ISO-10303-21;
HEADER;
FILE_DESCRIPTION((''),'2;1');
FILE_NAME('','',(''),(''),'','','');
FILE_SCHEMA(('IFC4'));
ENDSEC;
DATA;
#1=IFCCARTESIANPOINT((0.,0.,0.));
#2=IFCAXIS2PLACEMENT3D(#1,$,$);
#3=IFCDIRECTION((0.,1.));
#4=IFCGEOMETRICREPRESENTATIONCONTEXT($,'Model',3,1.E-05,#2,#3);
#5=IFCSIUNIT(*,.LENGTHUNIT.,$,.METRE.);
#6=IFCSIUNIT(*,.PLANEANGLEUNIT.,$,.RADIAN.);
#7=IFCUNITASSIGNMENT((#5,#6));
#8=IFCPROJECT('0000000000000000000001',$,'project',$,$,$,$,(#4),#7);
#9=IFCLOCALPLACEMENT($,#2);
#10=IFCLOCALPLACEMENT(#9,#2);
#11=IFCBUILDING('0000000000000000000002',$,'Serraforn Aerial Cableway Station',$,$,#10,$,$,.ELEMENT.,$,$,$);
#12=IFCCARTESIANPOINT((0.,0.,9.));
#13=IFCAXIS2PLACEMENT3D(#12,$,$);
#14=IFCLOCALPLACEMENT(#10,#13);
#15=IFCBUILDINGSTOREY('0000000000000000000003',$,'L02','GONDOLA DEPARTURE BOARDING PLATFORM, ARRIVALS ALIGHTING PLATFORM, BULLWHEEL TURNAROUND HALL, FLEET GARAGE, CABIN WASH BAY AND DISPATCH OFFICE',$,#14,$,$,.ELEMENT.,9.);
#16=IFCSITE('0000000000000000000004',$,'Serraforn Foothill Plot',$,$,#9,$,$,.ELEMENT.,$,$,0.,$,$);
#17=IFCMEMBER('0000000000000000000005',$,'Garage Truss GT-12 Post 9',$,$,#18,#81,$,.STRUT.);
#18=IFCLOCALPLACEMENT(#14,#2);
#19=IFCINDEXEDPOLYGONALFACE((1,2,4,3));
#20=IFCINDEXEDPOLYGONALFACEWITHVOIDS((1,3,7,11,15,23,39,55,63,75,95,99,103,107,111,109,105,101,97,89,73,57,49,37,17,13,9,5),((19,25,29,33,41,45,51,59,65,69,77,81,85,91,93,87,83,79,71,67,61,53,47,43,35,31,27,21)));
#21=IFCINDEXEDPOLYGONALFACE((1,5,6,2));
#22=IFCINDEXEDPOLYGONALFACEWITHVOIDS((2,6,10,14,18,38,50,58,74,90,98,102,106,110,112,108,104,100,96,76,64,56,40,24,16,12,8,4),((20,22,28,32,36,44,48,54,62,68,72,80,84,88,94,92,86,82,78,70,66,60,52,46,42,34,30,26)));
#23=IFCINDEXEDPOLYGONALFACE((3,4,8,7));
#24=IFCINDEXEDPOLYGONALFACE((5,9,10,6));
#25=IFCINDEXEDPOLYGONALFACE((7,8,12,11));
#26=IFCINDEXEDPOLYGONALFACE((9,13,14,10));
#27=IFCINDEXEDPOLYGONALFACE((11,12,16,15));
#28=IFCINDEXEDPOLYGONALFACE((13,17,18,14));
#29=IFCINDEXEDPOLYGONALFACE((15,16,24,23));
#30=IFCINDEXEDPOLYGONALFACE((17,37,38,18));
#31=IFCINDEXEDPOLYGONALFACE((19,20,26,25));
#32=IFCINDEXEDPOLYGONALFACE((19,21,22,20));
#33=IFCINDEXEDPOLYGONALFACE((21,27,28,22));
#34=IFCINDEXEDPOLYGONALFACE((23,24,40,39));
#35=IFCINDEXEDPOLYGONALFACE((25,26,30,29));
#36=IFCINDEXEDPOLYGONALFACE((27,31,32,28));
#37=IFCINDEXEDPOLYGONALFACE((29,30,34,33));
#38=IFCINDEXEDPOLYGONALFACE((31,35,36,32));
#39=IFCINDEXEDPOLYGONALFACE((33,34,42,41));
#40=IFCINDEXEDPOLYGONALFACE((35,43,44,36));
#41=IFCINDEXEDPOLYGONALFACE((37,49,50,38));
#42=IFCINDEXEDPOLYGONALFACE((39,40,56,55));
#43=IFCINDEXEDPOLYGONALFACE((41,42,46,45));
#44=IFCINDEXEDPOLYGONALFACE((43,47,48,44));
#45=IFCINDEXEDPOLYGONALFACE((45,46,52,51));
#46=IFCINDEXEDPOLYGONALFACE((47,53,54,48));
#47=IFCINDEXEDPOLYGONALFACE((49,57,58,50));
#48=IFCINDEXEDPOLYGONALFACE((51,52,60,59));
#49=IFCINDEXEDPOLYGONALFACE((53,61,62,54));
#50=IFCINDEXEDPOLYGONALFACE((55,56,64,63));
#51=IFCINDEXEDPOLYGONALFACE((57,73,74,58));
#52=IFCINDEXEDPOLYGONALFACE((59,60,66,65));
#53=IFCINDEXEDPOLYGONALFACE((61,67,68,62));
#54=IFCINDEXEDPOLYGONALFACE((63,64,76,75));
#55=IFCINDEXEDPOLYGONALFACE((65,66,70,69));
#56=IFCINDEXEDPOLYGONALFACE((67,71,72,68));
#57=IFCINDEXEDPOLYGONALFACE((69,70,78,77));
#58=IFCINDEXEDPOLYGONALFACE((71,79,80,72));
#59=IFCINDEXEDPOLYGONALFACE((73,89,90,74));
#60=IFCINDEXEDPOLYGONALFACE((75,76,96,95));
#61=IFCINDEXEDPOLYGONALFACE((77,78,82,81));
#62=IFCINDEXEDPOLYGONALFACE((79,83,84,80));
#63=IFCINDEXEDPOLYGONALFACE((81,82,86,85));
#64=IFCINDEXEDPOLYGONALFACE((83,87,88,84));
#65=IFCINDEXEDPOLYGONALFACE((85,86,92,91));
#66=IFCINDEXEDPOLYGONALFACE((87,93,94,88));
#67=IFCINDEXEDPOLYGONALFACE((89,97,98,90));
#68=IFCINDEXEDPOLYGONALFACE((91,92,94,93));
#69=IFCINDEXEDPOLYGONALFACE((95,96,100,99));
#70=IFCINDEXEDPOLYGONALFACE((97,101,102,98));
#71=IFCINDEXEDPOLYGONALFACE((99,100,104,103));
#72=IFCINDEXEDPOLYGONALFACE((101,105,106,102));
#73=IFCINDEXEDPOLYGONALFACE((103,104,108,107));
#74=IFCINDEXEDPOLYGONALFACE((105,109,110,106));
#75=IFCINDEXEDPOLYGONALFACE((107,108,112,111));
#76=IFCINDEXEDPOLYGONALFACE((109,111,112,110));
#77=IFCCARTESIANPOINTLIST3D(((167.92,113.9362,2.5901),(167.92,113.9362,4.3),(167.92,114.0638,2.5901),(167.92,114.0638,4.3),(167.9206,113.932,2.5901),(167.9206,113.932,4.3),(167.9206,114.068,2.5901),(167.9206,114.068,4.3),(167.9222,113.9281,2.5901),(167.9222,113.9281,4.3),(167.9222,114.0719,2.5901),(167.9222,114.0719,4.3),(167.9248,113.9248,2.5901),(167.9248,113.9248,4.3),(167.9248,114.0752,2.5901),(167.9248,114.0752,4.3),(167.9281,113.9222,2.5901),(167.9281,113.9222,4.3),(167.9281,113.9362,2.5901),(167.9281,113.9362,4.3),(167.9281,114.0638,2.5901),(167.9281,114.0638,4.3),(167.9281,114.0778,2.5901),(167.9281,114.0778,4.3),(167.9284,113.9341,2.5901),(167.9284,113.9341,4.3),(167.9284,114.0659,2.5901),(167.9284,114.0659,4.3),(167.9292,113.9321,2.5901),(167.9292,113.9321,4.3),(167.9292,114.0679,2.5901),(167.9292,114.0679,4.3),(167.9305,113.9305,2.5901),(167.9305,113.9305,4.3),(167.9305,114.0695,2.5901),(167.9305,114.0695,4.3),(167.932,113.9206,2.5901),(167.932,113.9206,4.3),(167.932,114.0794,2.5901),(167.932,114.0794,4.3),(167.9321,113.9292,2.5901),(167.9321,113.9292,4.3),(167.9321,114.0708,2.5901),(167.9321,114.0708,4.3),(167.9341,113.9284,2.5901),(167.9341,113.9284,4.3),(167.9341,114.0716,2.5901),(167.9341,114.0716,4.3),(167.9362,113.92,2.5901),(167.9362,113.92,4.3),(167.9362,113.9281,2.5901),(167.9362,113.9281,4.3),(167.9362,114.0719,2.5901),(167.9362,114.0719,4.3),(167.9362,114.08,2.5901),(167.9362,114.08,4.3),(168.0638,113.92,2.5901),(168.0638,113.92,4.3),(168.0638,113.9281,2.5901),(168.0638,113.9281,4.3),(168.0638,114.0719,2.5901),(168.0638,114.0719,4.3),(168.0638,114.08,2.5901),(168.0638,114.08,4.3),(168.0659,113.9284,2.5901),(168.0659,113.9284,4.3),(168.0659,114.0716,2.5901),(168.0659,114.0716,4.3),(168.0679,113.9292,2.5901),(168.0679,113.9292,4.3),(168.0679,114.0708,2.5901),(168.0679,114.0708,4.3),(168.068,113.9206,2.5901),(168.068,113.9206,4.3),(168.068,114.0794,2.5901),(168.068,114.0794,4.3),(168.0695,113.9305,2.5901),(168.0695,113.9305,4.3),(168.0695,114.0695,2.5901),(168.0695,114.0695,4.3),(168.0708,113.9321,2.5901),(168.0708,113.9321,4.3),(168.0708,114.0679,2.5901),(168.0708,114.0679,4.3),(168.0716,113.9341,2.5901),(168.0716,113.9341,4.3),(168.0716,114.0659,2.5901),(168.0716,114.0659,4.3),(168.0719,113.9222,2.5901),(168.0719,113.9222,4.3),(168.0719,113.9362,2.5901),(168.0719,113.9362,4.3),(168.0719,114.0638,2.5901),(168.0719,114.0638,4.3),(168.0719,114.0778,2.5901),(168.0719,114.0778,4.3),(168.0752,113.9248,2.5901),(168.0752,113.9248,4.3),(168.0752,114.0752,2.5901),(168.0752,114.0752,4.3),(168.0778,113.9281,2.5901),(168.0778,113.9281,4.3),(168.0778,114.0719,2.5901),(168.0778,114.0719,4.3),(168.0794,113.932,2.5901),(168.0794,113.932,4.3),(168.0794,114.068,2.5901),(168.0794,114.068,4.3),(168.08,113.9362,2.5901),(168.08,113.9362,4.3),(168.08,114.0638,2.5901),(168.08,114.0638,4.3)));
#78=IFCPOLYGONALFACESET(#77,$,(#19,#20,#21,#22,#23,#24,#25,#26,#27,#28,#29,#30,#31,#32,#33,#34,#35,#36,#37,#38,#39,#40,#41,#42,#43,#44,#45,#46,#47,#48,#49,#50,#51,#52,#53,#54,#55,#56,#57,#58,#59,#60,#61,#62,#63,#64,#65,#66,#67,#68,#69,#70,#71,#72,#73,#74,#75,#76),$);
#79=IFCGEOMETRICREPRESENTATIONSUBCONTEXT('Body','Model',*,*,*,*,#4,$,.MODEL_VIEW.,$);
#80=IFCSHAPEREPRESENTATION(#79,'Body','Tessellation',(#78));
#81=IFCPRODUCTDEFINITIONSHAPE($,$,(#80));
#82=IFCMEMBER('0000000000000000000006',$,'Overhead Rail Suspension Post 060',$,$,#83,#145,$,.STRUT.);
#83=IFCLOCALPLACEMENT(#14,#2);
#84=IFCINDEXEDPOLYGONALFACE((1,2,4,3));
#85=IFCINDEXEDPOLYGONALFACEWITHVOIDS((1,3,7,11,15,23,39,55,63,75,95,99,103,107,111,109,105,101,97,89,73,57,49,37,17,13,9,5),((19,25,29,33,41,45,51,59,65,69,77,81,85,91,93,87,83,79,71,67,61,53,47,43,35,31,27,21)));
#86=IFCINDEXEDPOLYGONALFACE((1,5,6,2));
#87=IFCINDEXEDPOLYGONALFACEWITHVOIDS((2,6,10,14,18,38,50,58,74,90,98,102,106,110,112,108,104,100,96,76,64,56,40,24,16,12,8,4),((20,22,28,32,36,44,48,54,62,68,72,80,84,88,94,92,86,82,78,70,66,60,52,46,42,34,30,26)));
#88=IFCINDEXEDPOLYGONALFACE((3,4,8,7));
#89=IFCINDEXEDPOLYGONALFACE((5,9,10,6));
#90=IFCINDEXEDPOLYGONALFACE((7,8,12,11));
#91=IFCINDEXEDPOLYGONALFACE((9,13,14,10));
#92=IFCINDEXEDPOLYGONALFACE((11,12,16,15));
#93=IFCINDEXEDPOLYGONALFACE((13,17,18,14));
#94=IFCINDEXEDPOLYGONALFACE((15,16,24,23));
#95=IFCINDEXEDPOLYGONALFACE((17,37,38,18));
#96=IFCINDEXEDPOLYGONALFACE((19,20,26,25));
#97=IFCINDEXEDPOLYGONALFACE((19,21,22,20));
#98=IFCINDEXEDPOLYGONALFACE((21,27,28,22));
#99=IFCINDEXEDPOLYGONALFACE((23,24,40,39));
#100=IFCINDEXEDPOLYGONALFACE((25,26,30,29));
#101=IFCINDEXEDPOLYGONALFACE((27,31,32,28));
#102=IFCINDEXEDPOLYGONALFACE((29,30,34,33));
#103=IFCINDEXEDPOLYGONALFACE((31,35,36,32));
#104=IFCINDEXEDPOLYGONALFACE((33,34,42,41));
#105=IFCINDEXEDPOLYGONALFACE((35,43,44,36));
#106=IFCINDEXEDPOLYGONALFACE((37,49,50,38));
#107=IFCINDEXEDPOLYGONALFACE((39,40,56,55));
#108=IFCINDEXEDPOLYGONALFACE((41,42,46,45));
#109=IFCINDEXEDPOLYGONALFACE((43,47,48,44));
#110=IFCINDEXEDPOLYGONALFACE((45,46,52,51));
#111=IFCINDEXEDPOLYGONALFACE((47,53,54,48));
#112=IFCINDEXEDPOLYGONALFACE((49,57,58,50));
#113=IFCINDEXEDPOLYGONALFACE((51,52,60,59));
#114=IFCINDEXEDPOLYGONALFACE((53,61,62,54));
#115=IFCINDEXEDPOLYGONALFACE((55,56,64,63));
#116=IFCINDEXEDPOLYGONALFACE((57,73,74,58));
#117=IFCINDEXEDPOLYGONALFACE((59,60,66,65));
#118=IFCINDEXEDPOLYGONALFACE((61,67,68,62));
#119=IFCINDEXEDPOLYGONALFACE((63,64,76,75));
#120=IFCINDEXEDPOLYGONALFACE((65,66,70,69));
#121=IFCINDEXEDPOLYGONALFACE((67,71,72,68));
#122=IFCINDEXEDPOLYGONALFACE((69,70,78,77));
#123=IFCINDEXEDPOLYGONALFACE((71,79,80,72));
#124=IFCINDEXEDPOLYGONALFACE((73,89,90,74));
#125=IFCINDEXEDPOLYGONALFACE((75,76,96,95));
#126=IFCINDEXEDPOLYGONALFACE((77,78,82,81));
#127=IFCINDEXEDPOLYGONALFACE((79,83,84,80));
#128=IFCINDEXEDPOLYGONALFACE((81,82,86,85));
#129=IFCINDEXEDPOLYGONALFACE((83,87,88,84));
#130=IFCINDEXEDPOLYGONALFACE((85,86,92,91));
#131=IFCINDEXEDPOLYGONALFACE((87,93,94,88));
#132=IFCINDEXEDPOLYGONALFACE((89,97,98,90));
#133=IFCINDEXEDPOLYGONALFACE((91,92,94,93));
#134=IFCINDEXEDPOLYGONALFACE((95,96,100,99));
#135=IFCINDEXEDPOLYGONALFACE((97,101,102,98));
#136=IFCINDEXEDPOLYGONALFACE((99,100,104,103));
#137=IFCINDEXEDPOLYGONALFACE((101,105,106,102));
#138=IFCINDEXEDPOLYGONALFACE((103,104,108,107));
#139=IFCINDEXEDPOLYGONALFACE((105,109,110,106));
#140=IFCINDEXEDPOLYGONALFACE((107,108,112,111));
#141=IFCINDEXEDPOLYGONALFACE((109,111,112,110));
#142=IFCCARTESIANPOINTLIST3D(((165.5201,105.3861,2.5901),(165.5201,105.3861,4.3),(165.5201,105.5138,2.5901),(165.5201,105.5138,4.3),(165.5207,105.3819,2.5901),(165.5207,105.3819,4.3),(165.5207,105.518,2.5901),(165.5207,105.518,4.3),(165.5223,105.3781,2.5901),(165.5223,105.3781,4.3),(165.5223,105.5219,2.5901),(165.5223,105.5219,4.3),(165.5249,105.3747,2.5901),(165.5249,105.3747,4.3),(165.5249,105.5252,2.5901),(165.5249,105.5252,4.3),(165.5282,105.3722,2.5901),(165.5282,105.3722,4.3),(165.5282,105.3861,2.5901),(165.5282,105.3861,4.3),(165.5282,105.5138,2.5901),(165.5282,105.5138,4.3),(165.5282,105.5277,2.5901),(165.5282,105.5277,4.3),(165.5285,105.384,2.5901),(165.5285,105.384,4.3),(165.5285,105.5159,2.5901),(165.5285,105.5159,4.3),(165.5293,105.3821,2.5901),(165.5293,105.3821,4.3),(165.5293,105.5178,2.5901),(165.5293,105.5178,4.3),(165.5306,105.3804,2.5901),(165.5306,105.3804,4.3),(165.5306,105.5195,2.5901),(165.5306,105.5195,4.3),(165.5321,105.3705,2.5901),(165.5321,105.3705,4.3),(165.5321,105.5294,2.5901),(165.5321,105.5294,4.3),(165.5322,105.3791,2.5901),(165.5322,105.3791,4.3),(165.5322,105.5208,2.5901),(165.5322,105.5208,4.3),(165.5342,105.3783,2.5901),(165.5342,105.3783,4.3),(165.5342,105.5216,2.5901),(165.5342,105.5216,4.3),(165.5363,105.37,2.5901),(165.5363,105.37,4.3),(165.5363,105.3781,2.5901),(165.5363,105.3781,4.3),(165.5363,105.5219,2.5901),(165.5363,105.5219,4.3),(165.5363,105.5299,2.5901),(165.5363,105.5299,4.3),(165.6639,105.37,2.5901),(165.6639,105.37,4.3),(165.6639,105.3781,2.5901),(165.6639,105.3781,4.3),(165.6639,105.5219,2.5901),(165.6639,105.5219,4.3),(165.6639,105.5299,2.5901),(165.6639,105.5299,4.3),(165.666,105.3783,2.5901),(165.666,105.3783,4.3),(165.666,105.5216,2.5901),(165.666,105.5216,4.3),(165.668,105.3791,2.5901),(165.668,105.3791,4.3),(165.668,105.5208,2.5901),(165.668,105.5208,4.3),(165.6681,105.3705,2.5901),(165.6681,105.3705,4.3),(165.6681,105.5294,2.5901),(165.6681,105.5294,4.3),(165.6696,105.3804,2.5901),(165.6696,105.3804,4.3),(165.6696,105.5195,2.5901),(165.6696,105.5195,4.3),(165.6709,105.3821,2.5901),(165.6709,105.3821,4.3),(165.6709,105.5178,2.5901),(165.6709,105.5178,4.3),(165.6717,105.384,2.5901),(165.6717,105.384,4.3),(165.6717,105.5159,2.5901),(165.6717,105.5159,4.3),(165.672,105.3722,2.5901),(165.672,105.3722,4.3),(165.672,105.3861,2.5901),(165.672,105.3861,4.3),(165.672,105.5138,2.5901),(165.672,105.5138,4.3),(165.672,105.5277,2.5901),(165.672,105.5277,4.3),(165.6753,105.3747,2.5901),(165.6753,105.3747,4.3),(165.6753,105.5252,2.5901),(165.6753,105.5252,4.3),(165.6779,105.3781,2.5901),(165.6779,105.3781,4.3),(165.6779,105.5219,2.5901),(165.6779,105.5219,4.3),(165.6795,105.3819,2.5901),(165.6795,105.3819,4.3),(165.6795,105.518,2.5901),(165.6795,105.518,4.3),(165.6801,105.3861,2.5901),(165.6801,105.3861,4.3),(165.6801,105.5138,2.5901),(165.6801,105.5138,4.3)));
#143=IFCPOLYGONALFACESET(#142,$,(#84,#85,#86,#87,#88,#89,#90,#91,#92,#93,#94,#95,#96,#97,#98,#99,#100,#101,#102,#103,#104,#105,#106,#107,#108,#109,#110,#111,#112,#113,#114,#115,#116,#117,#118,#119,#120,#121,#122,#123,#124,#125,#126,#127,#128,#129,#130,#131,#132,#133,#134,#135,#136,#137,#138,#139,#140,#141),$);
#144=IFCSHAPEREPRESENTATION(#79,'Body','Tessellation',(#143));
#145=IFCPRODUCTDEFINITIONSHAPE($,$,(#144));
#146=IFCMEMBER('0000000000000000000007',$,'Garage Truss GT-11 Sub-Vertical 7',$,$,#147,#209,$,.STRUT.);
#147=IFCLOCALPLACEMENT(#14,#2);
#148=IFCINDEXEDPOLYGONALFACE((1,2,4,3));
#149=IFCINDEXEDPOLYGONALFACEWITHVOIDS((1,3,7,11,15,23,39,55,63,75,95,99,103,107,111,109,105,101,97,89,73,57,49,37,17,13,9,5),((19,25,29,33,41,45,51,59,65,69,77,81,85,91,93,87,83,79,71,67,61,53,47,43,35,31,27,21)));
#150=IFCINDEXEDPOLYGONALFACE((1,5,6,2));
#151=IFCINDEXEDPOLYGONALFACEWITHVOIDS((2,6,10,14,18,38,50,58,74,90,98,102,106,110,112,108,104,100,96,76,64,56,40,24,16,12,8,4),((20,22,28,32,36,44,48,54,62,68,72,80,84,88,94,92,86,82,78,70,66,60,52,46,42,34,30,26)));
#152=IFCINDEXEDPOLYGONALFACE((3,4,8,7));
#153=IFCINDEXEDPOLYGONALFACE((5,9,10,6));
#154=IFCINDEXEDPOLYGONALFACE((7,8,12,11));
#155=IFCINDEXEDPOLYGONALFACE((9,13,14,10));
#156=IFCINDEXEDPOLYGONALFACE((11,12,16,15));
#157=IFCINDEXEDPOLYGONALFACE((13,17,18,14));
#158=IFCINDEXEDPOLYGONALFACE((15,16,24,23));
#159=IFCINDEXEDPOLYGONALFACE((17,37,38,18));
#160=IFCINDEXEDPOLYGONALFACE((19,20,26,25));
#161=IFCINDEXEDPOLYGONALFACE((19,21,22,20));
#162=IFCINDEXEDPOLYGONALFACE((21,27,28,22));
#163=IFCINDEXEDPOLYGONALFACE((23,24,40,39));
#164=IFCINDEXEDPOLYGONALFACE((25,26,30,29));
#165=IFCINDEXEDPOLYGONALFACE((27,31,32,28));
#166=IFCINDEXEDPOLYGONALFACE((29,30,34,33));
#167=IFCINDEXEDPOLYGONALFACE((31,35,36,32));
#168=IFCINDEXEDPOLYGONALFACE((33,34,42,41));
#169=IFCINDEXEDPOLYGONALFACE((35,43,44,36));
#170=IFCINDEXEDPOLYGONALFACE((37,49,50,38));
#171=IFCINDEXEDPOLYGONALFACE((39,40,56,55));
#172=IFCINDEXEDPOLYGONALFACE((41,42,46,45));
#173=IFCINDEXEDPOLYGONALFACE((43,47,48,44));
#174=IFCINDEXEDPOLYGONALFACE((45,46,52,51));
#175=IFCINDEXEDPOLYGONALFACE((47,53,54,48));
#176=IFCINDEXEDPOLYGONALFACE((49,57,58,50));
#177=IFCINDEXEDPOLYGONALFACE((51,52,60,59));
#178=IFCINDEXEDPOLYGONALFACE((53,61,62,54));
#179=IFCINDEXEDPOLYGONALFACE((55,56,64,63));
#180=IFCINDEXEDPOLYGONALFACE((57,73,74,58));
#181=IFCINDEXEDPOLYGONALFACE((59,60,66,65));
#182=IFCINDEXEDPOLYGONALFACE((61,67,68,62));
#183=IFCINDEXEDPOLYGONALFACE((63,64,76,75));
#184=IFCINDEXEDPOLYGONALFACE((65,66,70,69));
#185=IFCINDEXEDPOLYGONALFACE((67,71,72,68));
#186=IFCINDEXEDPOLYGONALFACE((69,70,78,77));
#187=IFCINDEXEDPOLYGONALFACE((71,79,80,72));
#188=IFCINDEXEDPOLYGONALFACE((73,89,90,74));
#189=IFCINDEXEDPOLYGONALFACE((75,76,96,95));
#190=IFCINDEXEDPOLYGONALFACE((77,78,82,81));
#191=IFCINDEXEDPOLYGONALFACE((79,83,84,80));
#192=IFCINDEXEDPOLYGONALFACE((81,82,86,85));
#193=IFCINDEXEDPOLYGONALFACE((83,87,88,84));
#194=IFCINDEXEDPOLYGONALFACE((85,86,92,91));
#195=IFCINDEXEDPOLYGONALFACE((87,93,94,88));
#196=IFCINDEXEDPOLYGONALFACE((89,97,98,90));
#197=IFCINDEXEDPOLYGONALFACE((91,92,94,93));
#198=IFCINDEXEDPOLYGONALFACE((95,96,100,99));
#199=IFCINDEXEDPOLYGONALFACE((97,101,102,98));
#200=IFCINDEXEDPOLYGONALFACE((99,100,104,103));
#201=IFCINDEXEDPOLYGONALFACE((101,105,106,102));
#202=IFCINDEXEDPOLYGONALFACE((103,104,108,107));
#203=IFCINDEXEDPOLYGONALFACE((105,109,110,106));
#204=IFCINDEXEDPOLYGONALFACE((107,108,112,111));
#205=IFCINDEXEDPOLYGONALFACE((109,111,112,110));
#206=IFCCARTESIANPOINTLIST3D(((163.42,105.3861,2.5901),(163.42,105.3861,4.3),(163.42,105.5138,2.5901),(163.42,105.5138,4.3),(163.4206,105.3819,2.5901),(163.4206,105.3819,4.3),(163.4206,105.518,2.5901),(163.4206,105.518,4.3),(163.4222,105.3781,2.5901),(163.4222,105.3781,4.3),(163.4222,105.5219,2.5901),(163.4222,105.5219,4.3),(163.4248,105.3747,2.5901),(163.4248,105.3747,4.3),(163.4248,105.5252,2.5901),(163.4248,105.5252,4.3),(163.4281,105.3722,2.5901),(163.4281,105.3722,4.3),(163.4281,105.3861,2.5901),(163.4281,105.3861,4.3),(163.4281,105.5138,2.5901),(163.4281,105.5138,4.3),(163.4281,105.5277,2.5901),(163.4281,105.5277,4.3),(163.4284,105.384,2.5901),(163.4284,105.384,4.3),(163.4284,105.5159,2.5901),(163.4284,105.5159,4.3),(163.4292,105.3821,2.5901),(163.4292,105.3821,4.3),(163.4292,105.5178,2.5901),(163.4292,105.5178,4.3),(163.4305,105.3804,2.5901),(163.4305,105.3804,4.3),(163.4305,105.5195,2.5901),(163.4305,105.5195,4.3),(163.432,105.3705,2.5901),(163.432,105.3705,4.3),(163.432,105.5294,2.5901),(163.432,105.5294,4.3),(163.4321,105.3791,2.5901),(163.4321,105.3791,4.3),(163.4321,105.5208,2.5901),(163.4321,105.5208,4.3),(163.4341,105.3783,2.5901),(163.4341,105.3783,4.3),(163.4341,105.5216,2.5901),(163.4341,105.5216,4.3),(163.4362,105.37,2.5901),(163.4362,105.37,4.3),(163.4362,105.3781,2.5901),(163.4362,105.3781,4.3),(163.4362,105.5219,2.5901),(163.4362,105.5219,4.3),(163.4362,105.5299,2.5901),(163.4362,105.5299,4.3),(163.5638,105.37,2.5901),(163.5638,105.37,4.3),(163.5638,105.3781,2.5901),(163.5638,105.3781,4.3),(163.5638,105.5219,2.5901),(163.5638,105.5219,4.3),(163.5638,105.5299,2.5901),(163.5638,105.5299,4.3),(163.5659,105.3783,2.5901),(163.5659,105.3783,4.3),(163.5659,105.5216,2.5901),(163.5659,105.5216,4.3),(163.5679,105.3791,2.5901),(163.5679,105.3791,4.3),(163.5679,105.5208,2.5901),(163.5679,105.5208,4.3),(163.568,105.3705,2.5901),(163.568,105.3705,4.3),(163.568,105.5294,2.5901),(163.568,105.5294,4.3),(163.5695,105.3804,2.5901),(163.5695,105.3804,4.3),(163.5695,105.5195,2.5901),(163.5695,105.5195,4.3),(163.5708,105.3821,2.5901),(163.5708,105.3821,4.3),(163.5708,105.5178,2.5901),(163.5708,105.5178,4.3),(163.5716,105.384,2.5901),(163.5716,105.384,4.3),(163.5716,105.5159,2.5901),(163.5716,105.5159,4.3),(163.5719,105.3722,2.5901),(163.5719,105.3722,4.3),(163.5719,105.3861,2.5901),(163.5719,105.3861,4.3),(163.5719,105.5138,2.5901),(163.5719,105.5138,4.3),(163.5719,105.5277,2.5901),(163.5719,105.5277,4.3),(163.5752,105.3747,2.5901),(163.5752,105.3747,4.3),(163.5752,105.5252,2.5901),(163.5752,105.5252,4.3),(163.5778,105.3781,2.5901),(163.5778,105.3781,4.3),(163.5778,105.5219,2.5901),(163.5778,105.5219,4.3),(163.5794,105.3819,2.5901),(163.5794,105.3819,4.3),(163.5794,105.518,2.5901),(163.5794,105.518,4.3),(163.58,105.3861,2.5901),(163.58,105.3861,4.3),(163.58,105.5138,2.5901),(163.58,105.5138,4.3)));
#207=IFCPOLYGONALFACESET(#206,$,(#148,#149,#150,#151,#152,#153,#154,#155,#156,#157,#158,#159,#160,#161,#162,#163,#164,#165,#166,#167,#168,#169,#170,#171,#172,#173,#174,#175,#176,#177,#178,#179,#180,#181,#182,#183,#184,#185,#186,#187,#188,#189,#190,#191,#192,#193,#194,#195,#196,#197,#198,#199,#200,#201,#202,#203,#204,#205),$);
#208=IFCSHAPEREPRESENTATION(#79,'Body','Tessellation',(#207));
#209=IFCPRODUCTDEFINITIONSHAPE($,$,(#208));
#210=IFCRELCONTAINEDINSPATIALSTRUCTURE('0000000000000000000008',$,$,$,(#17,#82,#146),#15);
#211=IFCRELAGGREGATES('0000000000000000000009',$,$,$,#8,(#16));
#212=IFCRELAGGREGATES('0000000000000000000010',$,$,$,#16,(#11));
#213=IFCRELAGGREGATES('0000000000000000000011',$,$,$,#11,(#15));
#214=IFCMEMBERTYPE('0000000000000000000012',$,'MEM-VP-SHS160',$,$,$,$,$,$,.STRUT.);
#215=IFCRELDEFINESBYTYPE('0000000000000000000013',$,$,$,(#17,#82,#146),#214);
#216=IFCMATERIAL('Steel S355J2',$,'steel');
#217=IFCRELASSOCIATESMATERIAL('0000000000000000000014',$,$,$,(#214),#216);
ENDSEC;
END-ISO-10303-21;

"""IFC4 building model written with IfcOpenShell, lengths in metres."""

from ifc_helpers import new_model, si_unit, direction, frame, origin, origin_2d, place, context, subcontext, project, spatial, hollow_rectangle, extrude, material, material_profile, profile_set, type_object, element, save


model = new_model("IFC4")

# Units and contexts
model_context = context("Model", 3, precision=1e-05, world=origin(), true_north=direction((0.0, 1.0)))
body_context = subcontext(model_context, "Body", "Model", "MODEL_VIEW")
ifc_project = project(units=[si_unit("LENGTHUNIT", "METRE"), si_unit("PLANEANGLEUNIT", "RADIAN")], contexts=[model_context])

# Site, building, storey
site_placement = place(None, origin())
site = spatial("IfcSite", under=ifc_project, at=site_placement, Name="Serraforn Foothill Plot", CompositionType="ELEMENT", RefElevation=0.0)
building_placement = place(site_placement, origin())
building = spatial("IfcBuilding", under=site, at=building_placement, Name="Serraforn Aerial Cableway Station", CompositionType="ELEMENT")
storey_placement = place(building_placement, frame((0.0, 0.0, 9.0)))
storey = spatial("IfcBuildingStorey", under=building, at=storey_placement, Name="L02", Description="GONDOLA DEPARTURE BOARDING PLATFORM, ARRIVALS ALIGHTING PLATFORM, BULLWHEEL TURNAROUND HALL, FLEET GARAGE, CABIN WASH BAY AND DISPATCH OFFICE", CompositionType="ELEMENT", Elevation=9.0)

# Shared definitions
ifc_material_1 = material(Name="Steel S355J2", Category="steel")

# Members
ifc_material_profile_1 = material_profile(ifc_material_1, hollow_rectangle(XDim=0.1599, YDim=0.1599, WallThickness=0.0081, InnerFilletRadius=0.0081, OuterFilletRadius=0.0161, at=origin_2d()), Name="SHS 160x160x8.0")
ifc_profile_set_1 = profile_set([ifc_material_profile_1], Name="Steel S355J2")
member_type_1 = type_object("IfcMemberType", Name="MEM-VP-SHS160", PredefinedType="STRUT", material=ifc_profile_set_1)
for number, where, z_axis, x_axis, name in (
    (1, (168.0, 114.0, 2.5901), (0.0, 0.0, 1.0), (1.0, 0.0, 0.0), "Garage Truss GT-12 Post 9"),
    (2, (165.6001, 105.45, 2.5901), (0.0, 0.0, 1.0), (1.0, 0.0, 0.0), "Overhead Rail Suspension Post 060"),
    (3, (163.5, 105.45, 2.5901), (0.0, 0.0, 1.0), (1.0, 0.0, 0.0), "Garage Truss GT-11 Sub-Vertical 7"),
):
    element("IfcMember", number, at=place(storey_placement, frame(where, z_axis=z_axis, x_axis=x_axis)), inside=storey, type_object=member_type_1, Name=name, PredefinedType="STRUT", context=body_context, shape_type="SweptSolid", body=[
        extrude(hollow_rectangle(XDim=0.1599, YDim=0.1599, WallThickness=0.0081, InnerFilletRadius=0.0081, OuterFilletRadius=0.0161, at=origin_2d()), origin(), (0.0, 0.0, 1.0), 1.71),
    ])

save(model, "model.ifc")
